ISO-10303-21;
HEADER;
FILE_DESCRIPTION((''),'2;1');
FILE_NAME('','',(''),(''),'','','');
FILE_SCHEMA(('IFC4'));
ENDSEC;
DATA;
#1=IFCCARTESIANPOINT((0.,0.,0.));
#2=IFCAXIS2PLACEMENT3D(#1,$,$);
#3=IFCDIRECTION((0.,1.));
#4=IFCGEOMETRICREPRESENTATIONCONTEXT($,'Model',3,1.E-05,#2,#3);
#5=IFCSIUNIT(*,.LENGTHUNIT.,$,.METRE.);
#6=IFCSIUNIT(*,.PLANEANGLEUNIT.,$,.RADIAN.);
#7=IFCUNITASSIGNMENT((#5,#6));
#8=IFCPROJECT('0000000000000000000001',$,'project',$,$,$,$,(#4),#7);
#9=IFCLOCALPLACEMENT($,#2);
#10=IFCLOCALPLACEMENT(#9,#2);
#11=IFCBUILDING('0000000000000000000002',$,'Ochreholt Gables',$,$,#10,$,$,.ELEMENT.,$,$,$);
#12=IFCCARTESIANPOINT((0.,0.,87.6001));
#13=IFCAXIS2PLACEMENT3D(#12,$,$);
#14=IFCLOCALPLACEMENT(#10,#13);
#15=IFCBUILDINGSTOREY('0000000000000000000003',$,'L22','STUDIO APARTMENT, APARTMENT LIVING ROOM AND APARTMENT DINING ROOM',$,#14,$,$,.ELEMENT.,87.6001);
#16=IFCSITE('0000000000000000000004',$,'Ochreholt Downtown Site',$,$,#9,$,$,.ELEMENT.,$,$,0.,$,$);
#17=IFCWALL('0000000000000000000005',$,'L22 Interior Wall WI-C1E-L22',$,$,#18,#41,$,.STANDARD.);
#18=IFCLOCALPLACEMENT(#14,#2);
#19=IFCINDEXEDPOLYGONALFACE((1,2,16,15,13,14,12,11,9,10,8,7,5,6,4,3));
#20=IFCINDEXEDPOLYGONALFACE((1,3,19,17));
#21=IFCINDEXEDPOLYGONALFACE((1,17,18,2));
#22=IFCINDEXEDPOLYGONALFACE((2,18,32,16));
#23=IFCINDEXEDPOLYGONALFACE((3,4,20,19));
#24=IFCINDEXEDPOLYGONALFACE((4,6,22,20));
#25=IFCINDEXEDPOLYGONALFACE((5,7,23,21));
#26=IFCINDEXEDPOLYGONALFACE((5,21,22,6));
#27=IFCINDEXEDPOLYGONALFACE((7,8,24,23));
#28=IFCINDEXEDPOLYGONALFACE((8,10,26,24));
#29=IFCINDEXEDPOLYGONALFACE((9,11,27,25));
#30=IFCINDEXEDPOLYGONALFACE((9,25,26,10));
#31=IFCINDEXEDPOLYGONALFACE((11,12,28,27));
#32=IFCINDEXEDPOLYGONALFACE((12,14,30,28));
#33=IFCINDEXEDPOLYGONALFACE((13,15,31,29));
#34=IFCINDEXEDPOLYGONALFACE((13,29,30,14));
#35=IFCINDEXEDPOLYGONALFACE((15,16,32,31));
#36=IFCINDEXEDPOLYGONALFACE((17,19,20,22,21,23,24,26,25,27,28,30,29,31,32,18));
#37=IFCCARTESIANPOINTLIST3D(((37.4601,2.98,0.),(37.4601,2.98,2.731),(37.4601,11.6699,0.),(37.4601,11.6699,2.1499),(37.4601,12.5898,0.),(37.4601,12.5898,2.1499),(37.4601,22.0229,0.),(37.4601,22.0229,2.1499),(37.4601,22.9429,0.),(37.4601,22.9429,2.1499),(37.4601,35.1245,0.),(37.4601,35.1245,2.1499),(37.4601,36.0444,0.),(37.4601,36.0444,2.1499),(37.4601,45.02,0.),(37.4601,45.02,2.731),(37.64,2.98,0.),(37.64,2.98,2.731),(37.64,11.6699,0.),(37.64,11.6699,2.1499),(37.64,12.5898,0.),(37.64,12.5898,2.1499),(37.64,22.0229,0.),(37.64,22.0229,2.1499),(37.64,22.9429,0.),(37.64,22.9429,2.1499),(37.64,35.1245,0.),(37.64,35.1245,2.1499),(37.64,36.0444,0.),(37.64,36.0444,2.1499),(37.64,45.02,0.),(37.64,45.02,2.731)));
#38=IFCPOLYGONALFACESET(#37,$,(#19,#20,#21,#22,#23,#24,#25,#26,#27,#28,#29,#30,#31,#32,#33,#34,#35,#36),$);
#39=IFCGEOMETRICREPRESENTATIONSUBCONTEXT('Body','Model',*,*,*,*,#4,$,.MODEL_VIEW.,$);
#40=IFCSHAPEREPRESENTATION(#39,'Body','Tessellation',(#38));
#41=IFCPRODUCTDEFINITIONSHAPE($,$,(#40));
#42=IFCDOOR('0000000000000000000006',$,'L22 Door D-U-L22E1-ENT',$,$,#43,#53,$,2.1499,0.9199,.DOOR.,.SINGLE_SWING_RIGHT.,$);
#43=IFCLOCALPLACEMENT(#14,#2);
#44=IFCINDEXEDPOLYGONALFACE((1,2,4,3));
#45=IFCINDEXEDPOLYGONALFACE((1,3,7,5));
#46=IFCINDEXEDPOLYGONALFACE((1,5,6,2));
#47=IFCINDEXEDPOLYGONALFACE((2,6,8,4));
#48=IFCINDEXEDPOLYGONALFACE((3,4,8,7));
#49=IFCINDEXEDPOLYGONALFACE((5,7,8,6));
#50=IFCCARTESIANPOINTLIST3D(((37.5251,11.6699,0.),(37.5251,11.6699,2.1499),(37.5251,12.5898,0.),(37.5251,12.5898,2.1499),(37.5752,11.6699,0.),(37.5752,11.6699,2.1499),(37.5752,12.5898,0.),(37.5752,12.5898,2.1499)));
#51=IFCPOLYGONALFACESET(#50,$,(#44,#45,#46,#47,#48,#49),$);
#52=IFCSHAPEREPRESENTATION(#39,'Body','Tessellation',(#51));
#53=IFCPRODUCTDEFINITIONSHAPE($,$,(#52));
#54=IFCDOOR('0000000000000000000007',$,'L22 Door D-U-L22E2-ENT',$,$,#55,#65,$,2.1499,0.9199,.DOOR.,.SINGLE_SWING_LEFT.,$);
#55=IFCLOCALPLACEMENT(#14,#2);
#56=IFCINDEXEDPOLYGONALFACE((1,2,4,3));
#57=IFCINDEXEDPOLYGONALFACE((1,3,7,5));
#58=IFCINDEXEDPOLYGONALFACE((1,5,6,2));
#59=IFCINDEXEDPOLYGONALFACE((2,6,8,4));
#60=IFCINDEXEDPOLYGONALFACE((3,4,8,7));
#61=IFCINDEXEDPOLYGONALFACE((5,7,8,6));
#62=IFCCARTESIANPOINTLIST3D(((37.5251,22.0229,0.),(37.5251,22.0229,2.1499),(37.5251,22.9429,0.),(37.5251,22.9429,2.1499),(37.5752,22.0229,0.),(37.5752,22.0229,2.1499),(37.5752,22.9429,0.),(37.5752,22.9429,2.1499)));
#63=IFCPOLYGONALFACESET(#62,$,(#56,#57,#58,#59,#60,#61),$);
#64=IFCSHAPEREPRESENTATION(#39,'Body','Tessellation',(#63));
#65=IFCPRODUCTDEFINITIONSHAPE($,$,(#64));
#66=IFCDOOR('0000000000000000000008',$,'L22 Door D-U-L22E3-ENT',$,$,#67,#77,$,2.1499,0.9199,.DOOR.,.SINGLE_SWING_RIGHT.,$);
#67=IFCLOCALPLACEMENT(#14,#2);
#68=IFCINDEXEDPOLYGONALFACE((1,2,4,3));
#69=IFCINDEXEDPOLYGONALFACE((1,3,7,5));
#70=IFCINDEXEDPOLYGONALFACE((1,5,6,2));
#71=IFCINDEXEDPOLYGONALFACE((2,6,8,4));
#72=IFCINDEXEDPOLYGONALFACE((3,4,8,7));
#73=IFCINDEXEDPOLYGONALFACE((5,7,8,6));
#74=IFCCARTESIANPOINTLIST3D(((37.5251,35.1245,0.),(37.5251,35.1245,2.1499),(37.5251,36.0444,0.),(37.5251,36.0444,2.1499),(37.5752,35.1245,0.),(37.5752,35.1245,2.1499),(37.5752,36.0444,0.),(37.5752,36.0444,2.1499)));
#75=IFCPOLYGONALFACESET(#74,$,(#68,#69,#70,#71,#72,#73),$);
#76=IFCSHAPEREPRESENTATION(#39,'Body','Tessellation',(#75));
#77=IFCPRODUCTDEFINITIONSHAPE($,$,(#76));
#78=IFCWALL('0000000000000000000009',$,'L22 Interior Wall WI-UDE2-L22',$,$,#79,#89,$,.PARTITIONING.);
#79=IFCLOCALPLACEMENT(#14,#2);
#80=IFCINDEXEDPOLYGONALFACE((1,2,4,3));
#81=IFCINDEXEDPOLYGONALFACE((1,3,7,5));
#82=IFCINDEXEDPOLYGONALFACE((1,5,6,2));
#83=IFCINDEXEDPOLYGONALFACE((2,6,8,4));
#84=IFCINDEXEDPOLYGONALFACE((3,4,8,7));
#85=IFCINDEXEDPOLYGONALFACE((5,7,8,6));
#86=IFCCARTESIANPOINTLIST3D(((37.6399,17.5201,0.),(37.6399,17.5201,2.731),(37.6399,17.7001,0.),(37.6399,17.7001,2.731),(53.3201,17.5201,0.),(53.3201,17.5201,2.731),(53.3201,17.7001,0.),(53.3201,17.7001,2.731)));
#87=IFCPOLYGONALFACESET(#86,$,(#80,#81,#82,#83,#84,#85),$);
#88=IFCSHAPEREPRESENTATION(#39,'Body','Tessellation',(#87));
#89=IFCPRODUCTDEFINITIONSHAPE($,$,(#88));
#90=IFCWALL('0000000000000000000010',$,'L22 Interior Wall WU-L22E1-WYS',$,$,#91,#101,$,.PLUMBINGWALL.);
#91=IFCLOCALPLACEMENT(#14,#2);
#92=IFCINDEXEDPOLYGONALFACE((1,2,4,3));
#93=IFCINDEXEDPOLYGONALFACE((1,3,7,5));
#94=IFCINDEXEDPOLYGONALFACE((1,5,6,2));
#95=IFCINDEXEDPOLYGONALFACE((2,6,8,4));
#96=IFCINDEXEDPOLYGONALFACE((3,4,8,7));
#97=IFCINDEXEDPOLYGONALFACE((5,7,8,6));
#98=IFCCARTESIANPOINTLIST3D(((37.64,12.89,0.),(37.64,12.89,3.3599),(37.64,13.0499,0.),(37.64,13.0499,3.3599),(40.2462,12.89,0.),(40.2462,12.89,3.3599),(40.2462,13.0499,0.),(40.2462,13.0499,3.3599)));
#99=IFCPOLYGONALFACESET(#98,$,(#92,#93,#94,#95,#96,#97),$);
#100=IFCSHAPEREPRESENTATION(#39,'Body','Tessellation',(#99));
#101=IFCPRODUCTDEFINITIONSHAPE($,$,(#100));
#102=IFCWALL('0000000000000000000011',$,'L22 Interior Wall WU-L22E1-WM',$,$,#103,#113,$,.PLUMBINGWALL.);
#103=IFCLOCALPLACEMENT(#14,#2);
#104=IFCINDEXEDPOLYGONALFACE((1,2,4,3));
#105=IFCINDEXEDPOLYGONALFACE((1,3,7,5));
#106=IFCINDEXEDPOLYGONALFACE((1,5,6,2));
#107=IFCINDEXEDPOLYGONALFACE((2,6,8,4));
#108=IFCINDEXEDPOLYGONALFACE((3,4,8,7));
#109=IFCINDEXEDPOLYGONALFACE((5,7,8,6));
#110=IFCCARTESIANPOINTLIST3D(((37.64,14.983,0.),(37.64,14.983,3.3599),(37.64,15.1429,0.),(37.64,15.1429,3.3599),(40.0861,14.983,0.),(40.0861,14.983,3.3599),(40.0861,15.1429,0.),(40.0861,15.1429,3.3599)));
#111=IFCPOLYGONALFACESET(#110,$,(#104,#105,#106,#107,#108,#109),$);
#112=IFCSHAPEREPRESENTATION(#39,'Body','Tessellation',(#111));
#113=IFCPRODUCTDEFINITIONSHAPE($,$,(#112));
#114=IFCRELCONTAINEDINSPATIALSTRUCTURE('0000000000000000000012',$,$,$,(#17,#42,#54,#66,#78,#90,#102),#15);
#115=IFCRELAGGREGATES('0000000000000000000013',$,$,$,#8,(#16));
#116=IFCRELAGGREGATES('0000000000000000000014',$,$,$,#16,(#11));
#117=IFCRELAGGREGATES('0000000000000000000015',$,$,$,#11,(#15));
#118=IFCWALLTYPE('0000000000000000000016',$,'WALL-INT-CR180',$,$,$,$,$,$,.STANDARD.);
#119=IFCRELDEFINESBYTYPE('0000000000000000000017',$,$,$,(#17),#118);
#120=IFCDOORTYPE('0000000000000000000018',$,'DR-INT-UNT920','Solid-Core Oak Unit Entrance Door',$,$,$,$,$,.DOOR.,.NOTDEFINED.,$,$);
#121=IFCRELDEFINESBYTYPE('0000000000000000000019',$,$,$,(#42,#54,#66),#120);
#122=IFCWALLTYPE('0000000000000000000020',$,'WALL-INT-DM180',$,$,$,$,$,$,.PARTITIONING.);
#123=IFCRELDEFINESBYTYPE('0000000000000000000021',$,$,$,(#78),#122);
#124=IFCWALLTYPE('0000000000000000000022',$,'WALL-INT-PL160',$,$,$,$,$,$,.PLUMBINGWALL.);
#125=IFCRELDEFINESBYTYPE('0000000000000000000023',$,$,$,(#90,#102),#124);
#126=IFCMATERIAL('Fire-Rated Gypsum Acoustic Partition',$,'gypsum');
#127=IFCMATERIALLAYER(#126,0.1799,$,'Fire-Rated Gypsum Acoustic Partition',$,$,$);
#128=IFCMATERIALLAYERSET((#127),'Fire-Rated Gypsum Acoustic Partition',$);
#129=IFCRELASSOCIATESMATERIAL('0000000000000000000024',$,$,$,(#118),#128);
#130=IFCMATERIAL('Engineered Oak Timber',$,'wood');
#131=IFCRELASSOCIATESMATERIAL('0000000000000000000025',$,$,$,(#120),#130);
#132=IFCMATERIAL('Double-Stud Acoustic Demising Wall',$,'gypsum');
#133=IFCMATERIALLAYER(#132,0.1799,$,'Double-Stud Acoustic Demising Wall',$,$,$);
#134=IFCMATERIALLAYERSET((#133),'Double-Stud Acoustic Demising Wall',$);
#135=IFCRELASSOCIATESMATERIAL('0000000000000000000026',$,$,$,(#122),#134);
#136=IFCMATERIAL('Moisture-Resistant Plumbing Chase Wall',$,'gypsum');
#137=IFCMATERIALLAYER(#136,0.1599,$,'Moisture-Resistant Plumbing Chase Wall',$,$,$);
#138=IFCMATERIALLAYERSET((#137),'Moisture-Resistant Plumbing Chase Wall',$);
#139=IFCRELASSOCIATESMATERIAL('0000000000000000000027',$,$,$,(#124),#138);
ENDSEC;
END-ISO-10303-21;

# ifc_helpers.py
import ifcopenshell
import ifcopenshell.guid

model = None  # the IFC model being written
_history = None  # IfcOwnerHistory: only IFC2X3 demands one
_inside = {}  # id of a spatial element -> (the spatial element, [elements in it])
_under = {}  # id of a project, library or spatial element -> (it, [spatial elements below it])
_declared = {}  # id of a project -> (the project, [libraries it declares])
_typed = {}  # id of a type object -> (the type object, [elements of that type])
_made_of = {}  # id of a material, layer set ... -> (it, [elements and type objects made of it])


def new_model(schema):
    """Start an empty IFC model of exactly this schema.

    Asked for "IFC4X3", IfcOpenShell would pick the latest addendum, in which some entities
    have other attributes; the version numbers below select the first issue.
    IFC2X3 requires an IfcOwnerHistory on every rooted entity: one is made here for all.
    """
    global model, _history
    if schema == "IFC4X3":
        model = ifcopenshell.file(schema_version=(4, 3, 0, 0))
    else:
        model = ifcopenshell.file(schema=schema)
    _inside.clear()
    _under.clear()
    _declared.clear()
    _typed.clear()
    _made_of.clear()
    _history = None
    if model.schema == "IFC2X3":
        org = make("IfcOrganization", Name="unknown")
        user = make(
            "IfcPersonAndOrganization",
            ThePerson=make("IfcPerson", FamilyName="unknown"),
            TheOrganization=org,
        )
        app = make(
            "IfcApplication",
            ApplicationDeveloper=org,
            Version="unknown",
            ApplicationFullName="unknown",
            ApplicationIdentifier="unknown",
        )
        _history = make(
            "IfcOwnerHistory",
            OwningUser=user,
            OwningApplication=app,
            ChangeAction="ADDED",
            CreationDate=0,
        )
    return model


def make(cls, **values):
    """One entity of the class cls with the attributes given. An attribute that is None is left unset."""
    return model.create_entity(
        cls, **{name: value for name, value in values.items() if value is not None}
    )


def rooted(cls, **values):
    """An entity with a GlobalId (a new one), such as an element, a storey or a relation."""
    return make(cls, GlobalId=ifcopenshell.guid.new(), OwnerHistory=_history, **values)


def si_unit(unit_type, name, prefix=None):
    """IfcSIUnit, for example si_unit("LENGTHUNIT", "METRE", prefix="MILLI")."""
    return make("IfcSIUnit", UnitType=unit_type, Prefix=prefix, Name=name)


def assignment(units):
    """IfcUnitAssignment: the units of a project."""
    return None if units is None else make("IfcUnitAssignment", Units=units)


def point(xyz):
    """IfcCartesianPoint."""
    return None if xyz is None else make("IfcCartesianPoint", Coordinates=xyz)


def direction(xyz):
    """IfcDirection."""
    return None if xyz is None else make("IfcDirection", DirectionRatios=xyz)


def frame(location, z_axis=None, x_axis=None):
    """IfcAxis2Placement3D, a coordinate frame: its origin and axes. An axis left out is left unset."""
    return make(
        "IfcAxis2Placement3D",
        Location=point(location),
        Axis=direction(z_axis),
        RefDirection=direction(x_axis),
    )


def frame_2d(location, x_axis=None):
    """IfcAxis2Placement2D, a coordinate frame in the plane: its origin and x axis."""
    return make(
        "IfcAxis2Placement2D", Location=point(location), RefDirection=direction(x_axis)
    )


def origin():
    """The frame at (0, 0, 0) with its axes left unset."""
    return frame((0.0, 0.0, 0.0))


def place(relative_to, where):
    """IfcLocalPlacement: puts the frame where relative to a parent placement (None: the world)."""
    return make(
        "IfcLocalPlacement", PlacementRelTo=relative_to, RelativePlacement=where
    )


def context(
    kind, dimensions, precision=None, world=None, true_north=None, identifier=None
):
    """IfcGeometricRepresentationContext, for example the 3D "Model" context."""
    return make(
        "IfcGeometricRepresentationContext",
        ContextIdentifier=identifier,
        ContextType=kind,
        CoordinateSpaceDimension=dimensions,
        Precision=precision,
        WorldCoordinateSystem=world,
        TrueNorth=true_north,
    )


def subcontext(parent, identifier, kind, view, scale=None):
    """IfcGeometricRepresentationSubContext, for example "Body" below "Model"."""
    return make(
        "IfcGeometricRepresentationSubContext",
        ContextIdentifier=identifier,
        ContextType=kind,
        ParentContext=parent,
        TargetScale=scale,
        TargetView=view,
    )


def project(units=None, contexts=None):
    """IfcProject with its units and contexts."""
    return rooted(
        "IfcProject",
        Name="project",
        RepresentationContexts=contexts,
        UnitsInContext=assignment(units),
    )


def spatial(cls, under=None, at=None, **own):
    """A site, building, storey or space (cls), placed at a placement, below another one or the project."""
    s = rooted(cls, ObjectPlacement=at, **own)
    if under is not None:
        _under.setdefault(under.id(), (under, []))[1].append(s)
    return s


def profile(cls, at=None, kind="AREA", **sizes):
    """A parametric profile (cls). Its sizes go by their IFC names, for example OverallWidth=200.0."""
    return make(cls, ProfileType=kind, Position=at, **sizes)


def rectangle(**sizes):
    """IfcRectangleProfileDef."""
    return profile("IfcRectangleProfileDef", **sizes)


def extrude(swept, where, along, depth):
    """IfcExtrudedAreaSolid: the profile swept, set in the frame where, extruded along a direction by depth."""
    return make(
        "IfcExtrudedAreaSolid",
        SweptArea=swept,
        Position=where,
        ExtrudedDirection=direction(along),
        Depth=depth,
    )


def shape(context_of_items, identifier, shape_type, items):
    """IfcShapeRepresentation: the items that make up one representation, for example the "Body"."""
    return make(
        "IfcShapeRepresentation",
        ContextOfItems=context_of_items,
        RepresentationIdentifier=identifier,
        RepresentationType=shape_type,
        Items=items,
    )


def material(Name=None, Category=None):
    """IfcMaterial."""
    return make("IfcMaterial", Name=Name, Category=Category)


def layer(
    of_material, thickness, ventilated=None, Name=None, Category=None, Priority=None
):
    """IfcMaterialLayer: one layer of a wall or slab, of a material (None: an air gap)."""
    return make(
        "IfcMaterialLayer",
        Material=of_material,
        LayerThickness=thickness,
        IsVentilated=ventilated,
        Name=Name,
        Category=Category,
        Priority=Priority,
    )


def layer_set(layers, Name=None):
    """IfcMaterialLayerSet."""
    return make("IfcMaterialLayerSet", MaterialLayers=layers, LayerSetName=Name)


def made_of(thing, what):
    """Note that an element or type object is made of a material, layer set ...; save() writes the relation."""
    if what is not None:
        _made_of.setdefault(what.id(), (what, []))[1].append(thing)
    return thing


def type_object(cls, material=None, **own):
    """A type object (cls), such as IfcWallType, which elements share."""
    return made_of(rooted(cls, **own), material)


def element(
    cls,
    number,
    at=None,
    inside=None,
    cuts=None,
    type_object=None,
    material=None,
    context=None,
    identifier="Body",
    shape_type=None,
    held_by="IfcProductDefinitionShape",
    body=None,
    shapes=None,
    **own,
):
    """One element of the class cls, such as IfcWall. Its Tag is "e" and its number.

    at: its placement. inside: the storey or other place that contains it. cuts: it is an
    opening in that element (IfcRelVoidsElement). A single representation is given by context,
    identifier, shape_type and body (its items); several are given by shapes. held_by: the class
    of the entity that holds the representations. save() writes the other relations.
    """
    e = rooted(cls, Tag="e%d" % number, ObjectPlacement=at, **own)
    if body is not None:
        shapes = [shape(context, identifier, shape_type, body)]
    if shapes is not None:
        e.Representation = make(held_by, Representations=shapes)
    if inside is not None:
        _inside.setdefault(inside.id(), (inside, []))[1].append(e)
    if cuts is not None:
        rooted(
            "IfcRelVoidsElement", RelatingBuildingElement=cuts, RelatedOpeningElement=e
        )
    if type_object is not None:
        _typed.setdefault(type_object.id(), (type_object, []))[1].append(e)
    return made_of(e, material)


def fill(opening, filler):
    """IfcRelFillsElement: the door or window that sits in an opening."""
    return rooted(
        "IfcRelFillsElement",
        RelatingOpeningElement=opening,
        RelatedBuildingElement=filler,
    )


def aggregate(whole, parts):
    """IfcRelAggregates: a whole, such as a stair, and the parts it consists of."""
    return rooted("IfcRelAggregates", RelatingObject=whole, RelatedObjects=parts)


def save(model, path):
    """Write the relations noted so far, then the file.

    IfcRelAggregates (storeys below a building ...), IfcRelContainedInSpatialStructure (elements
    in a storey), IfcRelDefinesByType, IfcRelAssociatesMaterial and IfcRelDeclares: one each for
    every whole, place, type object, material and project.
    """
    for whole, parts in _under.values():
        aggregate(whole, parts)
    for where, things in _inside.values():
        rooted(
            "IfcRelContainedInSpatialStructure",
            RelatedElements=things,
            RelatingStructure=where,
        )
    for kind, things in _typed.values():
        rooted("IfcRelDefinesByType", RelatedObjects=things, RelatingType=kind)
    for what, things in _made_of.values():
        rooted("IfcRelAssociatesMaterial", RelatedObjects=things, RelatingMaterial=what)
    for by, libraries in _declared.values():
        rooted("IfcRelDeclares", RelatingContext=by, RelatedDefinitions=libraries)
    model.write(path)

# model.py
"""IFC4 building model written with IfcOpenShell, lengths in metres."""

from ifc_helpers import new_model, si_unit, direction, frame, frame_2d, origin, place, context, subcontext, project, spatial, rectangle, extrude, material, layer, layer_set, type_object, element, fill, save


model = new_model("IFC4")

# Units and contexts
model_context = context("Model", 3, precision=1e-05, world=origin(), true_north=direction((0.0, 1.0)))
body_context = subcontext(model_context, "Body", "Model", "MODEL_VIEW")
ifc_project = project(units=[si_unit("LENGTHUNIT", "METRE"), si_unit("PLANEANGLEUNIT", "RADIAN")], contexts=[model_context])

# Site, building, storey
site_placement = place(None, origin())
site = spatial("IfcSite", under=ifc_project, at=site_placement, Name="Ochreholt Downtown Site", CompositionType="ELEMENT", RefElevation=0.0)
building_placement = place(site_placement, origin())
building = spatial("IfcBuilding", under=site, at=building_placement, Name="Ochreholt Gables", CompositionType="ELEMENT")
storey_placement = place(building_placement, frame((0.0, 0.0, 87.6001)))
storey = spatial("IfcBuildingStorey", under=building, at=storey_placement, Name="L22", Description="STUDIO APARTMENT, APARTMENT LIVING ROOM AND APARTMENT DINING ROOM", CompositionType="ELEMENT", Elevation=87.6001)

# Wall, openings, doors
ifc_material_1 = material(Name="Fire-Rated Gypsum Acoustic Partition", Category="gypsum")
ifc_layer_1 = layer(ifc_material_1, 0.1799, Name="Fire-Rated Gypsum Acoustic Partition")
ifc_layer_set_1 = layer_set([ifc_layer_1], Name="Fire-Rated Gypsum Acoustic Partition")
wall_type_1 = type_object("IfcWallType", Name="WALL-INT-CR180", PredefinedType="STANDARD", material=ifc_layer_set_1)
wall_1_placement = place(storey_placement, frame((37.55, 2.98, 0.0), z_axis=(0.0, 0.0, 1.0), x_axis=(0.0, 1.0, 0.0)))
wall_1 = element("IfcWall", 1, at=wall_1_placement, inside=storey, type_object=wall_type_1, Name="L22 Interior Wall WI-C1E-L22", PredefinedType="STANDARD", context=body_context, shape_type="SweptSolid", body=[
    extrude(rectangle(XDim=42.04, YDim=0.1799, at=frame_2d((21.02, 0.0))), origin(), (0.0, 0.0, 1.0), 2.731),
])
opening_1_placement = place(wall_1_placement, frame((8.6899, 0.0, 0.0)))
opening_1 = element("IfcOpeningElement", 2, at=opening_1_placement, cuts=wall_1, PredefinedType="OPENING", context=body_context, shape_type="SweptSolid", body=[
    extrude(rectangle(XDim=0.9199, YDim=2.1499, at=frame_2d((0.46, 1.075))), frame((0.0, 0.0999, 0.0), z_axis=(0.0, -1.0, 0.0), x_axis=(1.0, 0.0, 0.0)), (0.0, 0.0, 1.0), 0.2),
])
opening_2_placement = place(wall_1_placement, frame((19.043, 0.0, 0.0)))
opening_2 = element("IfcOpeningElement", 3, at=opening_2_placement, cuts=wall_1, PredefinedType="OPENING", context=body_context, shape_type="SweptSolid", body=[
    extrude(rectangle(XDim=0.9199, YDim=2.1499, at=frame_2d((0.46, 1.075))), frame((0.0, 0.0999, 0.0), z_axis=(0.0, -1.0, 0.0), x_axis=(1.0, 0.0, 0.0)), (0.0, 0.0, 1.0), 0.2),
])
opening_3_placement = place(wall_1_placement, frame((32.1445, 0.0, 0.0)))
opening_3 = element("IfcOpeningElement", 4, at=opening_3_placement, cuts=wall_1, PredefinedType="OPENING", context=body_context, shape_type="SweptSolid", body=[
    extrude(rectangle(XDim=0.9199, YDim=2.1499, at=frame_2d((0.46, 1.075))), frame((0.0, 0.0999, 0.0), z_axis=(0.0, -1.0, 0.0), x_axis=(1.0, 0.0, 0.0)), (0.0, 0.0, 1.0), 0.2),
])
ifc_material_2 = material(Name="Engineered Oak Timber", Category="wood")
door_type_1 = type_object("IfcDoorType", Name="DR-INT-UNT920", Description="Solid-Core Oak Unit Entrance Door", OperationType="NOTDEFINED", PredefinedType="DOOR", material=ifc_material_2)
door_1_placement = place(opening_1_placement, origin())
door_1 = element("IfcDoor", 5, at=door_1_placement, inside=storey, type_object=door_type_1, Name="L22 Door D-U-L22E1-ENT", OperationType="SINGLE_SWING_RIGHT", OverallHeight=2.1499, OverallWidth=0.9199, PredefinedType="DOOR", context=body_context, shape_type="SweptSolid", body=[
    extrude(rectangle(XDim=0.9199, YDim=2.1499, at=frame_2d((0.46, 1.075))), frame((0.0, 0.0249, 0.0), z_axis=(0.0, -1.0, 0.0), x_axis=(1.0, 0.0, 0.0)), (0.0, 0.0, 1.0), 0.05),
])
fill(opening_1, door_1)
door_2_placement = place(opening_2_placement, origin())
door_2 = element("IfcDoor", 6, at=door_2_placement, inside=storey, type_object=door_type_1, Name="L22 Door D-U-L22E2-ENT", OperationType="SINGLE_SWING_LEFT", OverallHeight=2.1499, OverallWidth=0.9199, PredefinedType="DOOR", context=body_context, shape_type="SweptSolid", body=[
    extrude(rectangle(XDim=0.9199, YDim=2.1499, at=frame_2d((0.46, 1.075))), frame((0.0, 0.0249, 0.0), z_axis=(0.0, -1.0, 0.0), x_axis=(1.0, 0.0, 0.0)), (0.0, 0.0, 1.0), 0.05),
])
fill(opening_2, door_2)
door_3_placement = place(opening_3_placement, origin())
door_3 = element("IfcDoor", 7, at=door_3_placement, inside=storey, type_object=door_type_1, Name="L22 Door D-U-L22E3-ENT", OperationType="SINGLE_SWING_RIGHT", OverallHeight=2.1499, OverallWidth=0.9199, PredefinedType="DOOR", context=body_context, shape_type="SweptSolid", body=[
    extrude(rectangle(XDim=0.9199, YDim=2.1499, at=frame_2d((0.46, 1.075))), frame((0.0, 0.0249, 0.0), z_axis=(0.0, -1.0, 0.0), x_axis=(1.0, 0.0, 0.0)), (0.0, 0.0, 1.0), 0.05),
])
fill(opening_3, door_3)

# Walls
ifc_material_3 = material(Name="Double-Stud Acoustic Demising Wall", Category="gypsum")
ifc_layer_2 = layer(ifc_material_3, 0.1799, Name="Double-Stud Acoustic Demising Wall")
ifc_layer_set_2 = layer_set([ifc_layer_2], Name="Double-Stud Acoustic Demising Wall")
wall_type_2 = type_object("IfcWallType", Name="WALL-INT-DM180", PredefinedType="PARTITIONING", material=ifc_layer_set_2)
wall_2_placement = place(storey_placement, frame((37.6399, 17.6101, 0.0), z_axis=(0.0, 0.0, 1.0), x_axis=(1.0, 0.0, 0.0)))
element("IfcWall", 8, at=wall_2_placement, inside=storey, type_object=wall_type_2, Name="L22 Interior Wall WI-UDE2-L22", PredefinedType="PARTITIONING", context=body_context, shape_type="SweptSolid", body=[
    extrude(rectangle(XDim=15.6802, YDim=0.1799, at=frame_2d((7.8401, 0.0))), origin(), (0.0, 0.0, 1.0), 2.731),
])
ifc_material_4 = material(Name="Moisture-Resistant Plumbing Chase Wall", Category="gypsum")
ifc_layer_3 = layer(ifc_material_4, 0.1599, Name="Moisture-Resistant Plumbing Chase Wall")
ifc_layer_set_3 = layer_set([ifc_layer_3], Name="Moisture-Resistant Plumbing Chase Wall")
wall_type_3 = type_object("IfcWallType", Name="WALL-INT-PL160", PredefinedType="PLUMBINGWALL", material=ifc_layer_set_3)
wall_3_placement = place(storey_placement, frame((37.6399, 12.97, 0.0), z_axis=(0.0, 0.0, 1.0), x_axis=(1.0, 0.0, 0.0)))
element("IfcWall", 9, at=wall_3_placement, inside=storey, type_object=wall_type_3, Name="L22 Interior Wall WU-L22E1-WYS", PredefinedType="PLUMBINGWALL", context=body_context, shape_type="SweptSolid", body=[
    extrude(rectangle(XDim=2.6062, YDim=0.1599, at=frame_2d((1.3032, 0.0))), origin(), (0.0, 0.0, 1.0), 3.3599),
])

# Wall
wall_4_placement = place(storey_placement, frame((37.6399, 15.063, 0.0), z_axis=(0.0, 0.0, 1.0), x_axis=(1.0, 0.0, 0.0)))
element("IfcWall", 10, at=wall_4_placement, inside=storey, type_object=wall_type_3, Name="L22 Interior Wall WU-L22E1-WM", PredefinedType="PLUMBINGWALL", context=body_context, shape_type="SweptSolid", body=[
    extrude(rectangle(XDim=2.446, YDim=0.1599, at=frame_2d((1.2231, 0.0))), origin(), (0.0, 0.0, 1.0), 3.3599),
])

save(model, "model.ifc")
